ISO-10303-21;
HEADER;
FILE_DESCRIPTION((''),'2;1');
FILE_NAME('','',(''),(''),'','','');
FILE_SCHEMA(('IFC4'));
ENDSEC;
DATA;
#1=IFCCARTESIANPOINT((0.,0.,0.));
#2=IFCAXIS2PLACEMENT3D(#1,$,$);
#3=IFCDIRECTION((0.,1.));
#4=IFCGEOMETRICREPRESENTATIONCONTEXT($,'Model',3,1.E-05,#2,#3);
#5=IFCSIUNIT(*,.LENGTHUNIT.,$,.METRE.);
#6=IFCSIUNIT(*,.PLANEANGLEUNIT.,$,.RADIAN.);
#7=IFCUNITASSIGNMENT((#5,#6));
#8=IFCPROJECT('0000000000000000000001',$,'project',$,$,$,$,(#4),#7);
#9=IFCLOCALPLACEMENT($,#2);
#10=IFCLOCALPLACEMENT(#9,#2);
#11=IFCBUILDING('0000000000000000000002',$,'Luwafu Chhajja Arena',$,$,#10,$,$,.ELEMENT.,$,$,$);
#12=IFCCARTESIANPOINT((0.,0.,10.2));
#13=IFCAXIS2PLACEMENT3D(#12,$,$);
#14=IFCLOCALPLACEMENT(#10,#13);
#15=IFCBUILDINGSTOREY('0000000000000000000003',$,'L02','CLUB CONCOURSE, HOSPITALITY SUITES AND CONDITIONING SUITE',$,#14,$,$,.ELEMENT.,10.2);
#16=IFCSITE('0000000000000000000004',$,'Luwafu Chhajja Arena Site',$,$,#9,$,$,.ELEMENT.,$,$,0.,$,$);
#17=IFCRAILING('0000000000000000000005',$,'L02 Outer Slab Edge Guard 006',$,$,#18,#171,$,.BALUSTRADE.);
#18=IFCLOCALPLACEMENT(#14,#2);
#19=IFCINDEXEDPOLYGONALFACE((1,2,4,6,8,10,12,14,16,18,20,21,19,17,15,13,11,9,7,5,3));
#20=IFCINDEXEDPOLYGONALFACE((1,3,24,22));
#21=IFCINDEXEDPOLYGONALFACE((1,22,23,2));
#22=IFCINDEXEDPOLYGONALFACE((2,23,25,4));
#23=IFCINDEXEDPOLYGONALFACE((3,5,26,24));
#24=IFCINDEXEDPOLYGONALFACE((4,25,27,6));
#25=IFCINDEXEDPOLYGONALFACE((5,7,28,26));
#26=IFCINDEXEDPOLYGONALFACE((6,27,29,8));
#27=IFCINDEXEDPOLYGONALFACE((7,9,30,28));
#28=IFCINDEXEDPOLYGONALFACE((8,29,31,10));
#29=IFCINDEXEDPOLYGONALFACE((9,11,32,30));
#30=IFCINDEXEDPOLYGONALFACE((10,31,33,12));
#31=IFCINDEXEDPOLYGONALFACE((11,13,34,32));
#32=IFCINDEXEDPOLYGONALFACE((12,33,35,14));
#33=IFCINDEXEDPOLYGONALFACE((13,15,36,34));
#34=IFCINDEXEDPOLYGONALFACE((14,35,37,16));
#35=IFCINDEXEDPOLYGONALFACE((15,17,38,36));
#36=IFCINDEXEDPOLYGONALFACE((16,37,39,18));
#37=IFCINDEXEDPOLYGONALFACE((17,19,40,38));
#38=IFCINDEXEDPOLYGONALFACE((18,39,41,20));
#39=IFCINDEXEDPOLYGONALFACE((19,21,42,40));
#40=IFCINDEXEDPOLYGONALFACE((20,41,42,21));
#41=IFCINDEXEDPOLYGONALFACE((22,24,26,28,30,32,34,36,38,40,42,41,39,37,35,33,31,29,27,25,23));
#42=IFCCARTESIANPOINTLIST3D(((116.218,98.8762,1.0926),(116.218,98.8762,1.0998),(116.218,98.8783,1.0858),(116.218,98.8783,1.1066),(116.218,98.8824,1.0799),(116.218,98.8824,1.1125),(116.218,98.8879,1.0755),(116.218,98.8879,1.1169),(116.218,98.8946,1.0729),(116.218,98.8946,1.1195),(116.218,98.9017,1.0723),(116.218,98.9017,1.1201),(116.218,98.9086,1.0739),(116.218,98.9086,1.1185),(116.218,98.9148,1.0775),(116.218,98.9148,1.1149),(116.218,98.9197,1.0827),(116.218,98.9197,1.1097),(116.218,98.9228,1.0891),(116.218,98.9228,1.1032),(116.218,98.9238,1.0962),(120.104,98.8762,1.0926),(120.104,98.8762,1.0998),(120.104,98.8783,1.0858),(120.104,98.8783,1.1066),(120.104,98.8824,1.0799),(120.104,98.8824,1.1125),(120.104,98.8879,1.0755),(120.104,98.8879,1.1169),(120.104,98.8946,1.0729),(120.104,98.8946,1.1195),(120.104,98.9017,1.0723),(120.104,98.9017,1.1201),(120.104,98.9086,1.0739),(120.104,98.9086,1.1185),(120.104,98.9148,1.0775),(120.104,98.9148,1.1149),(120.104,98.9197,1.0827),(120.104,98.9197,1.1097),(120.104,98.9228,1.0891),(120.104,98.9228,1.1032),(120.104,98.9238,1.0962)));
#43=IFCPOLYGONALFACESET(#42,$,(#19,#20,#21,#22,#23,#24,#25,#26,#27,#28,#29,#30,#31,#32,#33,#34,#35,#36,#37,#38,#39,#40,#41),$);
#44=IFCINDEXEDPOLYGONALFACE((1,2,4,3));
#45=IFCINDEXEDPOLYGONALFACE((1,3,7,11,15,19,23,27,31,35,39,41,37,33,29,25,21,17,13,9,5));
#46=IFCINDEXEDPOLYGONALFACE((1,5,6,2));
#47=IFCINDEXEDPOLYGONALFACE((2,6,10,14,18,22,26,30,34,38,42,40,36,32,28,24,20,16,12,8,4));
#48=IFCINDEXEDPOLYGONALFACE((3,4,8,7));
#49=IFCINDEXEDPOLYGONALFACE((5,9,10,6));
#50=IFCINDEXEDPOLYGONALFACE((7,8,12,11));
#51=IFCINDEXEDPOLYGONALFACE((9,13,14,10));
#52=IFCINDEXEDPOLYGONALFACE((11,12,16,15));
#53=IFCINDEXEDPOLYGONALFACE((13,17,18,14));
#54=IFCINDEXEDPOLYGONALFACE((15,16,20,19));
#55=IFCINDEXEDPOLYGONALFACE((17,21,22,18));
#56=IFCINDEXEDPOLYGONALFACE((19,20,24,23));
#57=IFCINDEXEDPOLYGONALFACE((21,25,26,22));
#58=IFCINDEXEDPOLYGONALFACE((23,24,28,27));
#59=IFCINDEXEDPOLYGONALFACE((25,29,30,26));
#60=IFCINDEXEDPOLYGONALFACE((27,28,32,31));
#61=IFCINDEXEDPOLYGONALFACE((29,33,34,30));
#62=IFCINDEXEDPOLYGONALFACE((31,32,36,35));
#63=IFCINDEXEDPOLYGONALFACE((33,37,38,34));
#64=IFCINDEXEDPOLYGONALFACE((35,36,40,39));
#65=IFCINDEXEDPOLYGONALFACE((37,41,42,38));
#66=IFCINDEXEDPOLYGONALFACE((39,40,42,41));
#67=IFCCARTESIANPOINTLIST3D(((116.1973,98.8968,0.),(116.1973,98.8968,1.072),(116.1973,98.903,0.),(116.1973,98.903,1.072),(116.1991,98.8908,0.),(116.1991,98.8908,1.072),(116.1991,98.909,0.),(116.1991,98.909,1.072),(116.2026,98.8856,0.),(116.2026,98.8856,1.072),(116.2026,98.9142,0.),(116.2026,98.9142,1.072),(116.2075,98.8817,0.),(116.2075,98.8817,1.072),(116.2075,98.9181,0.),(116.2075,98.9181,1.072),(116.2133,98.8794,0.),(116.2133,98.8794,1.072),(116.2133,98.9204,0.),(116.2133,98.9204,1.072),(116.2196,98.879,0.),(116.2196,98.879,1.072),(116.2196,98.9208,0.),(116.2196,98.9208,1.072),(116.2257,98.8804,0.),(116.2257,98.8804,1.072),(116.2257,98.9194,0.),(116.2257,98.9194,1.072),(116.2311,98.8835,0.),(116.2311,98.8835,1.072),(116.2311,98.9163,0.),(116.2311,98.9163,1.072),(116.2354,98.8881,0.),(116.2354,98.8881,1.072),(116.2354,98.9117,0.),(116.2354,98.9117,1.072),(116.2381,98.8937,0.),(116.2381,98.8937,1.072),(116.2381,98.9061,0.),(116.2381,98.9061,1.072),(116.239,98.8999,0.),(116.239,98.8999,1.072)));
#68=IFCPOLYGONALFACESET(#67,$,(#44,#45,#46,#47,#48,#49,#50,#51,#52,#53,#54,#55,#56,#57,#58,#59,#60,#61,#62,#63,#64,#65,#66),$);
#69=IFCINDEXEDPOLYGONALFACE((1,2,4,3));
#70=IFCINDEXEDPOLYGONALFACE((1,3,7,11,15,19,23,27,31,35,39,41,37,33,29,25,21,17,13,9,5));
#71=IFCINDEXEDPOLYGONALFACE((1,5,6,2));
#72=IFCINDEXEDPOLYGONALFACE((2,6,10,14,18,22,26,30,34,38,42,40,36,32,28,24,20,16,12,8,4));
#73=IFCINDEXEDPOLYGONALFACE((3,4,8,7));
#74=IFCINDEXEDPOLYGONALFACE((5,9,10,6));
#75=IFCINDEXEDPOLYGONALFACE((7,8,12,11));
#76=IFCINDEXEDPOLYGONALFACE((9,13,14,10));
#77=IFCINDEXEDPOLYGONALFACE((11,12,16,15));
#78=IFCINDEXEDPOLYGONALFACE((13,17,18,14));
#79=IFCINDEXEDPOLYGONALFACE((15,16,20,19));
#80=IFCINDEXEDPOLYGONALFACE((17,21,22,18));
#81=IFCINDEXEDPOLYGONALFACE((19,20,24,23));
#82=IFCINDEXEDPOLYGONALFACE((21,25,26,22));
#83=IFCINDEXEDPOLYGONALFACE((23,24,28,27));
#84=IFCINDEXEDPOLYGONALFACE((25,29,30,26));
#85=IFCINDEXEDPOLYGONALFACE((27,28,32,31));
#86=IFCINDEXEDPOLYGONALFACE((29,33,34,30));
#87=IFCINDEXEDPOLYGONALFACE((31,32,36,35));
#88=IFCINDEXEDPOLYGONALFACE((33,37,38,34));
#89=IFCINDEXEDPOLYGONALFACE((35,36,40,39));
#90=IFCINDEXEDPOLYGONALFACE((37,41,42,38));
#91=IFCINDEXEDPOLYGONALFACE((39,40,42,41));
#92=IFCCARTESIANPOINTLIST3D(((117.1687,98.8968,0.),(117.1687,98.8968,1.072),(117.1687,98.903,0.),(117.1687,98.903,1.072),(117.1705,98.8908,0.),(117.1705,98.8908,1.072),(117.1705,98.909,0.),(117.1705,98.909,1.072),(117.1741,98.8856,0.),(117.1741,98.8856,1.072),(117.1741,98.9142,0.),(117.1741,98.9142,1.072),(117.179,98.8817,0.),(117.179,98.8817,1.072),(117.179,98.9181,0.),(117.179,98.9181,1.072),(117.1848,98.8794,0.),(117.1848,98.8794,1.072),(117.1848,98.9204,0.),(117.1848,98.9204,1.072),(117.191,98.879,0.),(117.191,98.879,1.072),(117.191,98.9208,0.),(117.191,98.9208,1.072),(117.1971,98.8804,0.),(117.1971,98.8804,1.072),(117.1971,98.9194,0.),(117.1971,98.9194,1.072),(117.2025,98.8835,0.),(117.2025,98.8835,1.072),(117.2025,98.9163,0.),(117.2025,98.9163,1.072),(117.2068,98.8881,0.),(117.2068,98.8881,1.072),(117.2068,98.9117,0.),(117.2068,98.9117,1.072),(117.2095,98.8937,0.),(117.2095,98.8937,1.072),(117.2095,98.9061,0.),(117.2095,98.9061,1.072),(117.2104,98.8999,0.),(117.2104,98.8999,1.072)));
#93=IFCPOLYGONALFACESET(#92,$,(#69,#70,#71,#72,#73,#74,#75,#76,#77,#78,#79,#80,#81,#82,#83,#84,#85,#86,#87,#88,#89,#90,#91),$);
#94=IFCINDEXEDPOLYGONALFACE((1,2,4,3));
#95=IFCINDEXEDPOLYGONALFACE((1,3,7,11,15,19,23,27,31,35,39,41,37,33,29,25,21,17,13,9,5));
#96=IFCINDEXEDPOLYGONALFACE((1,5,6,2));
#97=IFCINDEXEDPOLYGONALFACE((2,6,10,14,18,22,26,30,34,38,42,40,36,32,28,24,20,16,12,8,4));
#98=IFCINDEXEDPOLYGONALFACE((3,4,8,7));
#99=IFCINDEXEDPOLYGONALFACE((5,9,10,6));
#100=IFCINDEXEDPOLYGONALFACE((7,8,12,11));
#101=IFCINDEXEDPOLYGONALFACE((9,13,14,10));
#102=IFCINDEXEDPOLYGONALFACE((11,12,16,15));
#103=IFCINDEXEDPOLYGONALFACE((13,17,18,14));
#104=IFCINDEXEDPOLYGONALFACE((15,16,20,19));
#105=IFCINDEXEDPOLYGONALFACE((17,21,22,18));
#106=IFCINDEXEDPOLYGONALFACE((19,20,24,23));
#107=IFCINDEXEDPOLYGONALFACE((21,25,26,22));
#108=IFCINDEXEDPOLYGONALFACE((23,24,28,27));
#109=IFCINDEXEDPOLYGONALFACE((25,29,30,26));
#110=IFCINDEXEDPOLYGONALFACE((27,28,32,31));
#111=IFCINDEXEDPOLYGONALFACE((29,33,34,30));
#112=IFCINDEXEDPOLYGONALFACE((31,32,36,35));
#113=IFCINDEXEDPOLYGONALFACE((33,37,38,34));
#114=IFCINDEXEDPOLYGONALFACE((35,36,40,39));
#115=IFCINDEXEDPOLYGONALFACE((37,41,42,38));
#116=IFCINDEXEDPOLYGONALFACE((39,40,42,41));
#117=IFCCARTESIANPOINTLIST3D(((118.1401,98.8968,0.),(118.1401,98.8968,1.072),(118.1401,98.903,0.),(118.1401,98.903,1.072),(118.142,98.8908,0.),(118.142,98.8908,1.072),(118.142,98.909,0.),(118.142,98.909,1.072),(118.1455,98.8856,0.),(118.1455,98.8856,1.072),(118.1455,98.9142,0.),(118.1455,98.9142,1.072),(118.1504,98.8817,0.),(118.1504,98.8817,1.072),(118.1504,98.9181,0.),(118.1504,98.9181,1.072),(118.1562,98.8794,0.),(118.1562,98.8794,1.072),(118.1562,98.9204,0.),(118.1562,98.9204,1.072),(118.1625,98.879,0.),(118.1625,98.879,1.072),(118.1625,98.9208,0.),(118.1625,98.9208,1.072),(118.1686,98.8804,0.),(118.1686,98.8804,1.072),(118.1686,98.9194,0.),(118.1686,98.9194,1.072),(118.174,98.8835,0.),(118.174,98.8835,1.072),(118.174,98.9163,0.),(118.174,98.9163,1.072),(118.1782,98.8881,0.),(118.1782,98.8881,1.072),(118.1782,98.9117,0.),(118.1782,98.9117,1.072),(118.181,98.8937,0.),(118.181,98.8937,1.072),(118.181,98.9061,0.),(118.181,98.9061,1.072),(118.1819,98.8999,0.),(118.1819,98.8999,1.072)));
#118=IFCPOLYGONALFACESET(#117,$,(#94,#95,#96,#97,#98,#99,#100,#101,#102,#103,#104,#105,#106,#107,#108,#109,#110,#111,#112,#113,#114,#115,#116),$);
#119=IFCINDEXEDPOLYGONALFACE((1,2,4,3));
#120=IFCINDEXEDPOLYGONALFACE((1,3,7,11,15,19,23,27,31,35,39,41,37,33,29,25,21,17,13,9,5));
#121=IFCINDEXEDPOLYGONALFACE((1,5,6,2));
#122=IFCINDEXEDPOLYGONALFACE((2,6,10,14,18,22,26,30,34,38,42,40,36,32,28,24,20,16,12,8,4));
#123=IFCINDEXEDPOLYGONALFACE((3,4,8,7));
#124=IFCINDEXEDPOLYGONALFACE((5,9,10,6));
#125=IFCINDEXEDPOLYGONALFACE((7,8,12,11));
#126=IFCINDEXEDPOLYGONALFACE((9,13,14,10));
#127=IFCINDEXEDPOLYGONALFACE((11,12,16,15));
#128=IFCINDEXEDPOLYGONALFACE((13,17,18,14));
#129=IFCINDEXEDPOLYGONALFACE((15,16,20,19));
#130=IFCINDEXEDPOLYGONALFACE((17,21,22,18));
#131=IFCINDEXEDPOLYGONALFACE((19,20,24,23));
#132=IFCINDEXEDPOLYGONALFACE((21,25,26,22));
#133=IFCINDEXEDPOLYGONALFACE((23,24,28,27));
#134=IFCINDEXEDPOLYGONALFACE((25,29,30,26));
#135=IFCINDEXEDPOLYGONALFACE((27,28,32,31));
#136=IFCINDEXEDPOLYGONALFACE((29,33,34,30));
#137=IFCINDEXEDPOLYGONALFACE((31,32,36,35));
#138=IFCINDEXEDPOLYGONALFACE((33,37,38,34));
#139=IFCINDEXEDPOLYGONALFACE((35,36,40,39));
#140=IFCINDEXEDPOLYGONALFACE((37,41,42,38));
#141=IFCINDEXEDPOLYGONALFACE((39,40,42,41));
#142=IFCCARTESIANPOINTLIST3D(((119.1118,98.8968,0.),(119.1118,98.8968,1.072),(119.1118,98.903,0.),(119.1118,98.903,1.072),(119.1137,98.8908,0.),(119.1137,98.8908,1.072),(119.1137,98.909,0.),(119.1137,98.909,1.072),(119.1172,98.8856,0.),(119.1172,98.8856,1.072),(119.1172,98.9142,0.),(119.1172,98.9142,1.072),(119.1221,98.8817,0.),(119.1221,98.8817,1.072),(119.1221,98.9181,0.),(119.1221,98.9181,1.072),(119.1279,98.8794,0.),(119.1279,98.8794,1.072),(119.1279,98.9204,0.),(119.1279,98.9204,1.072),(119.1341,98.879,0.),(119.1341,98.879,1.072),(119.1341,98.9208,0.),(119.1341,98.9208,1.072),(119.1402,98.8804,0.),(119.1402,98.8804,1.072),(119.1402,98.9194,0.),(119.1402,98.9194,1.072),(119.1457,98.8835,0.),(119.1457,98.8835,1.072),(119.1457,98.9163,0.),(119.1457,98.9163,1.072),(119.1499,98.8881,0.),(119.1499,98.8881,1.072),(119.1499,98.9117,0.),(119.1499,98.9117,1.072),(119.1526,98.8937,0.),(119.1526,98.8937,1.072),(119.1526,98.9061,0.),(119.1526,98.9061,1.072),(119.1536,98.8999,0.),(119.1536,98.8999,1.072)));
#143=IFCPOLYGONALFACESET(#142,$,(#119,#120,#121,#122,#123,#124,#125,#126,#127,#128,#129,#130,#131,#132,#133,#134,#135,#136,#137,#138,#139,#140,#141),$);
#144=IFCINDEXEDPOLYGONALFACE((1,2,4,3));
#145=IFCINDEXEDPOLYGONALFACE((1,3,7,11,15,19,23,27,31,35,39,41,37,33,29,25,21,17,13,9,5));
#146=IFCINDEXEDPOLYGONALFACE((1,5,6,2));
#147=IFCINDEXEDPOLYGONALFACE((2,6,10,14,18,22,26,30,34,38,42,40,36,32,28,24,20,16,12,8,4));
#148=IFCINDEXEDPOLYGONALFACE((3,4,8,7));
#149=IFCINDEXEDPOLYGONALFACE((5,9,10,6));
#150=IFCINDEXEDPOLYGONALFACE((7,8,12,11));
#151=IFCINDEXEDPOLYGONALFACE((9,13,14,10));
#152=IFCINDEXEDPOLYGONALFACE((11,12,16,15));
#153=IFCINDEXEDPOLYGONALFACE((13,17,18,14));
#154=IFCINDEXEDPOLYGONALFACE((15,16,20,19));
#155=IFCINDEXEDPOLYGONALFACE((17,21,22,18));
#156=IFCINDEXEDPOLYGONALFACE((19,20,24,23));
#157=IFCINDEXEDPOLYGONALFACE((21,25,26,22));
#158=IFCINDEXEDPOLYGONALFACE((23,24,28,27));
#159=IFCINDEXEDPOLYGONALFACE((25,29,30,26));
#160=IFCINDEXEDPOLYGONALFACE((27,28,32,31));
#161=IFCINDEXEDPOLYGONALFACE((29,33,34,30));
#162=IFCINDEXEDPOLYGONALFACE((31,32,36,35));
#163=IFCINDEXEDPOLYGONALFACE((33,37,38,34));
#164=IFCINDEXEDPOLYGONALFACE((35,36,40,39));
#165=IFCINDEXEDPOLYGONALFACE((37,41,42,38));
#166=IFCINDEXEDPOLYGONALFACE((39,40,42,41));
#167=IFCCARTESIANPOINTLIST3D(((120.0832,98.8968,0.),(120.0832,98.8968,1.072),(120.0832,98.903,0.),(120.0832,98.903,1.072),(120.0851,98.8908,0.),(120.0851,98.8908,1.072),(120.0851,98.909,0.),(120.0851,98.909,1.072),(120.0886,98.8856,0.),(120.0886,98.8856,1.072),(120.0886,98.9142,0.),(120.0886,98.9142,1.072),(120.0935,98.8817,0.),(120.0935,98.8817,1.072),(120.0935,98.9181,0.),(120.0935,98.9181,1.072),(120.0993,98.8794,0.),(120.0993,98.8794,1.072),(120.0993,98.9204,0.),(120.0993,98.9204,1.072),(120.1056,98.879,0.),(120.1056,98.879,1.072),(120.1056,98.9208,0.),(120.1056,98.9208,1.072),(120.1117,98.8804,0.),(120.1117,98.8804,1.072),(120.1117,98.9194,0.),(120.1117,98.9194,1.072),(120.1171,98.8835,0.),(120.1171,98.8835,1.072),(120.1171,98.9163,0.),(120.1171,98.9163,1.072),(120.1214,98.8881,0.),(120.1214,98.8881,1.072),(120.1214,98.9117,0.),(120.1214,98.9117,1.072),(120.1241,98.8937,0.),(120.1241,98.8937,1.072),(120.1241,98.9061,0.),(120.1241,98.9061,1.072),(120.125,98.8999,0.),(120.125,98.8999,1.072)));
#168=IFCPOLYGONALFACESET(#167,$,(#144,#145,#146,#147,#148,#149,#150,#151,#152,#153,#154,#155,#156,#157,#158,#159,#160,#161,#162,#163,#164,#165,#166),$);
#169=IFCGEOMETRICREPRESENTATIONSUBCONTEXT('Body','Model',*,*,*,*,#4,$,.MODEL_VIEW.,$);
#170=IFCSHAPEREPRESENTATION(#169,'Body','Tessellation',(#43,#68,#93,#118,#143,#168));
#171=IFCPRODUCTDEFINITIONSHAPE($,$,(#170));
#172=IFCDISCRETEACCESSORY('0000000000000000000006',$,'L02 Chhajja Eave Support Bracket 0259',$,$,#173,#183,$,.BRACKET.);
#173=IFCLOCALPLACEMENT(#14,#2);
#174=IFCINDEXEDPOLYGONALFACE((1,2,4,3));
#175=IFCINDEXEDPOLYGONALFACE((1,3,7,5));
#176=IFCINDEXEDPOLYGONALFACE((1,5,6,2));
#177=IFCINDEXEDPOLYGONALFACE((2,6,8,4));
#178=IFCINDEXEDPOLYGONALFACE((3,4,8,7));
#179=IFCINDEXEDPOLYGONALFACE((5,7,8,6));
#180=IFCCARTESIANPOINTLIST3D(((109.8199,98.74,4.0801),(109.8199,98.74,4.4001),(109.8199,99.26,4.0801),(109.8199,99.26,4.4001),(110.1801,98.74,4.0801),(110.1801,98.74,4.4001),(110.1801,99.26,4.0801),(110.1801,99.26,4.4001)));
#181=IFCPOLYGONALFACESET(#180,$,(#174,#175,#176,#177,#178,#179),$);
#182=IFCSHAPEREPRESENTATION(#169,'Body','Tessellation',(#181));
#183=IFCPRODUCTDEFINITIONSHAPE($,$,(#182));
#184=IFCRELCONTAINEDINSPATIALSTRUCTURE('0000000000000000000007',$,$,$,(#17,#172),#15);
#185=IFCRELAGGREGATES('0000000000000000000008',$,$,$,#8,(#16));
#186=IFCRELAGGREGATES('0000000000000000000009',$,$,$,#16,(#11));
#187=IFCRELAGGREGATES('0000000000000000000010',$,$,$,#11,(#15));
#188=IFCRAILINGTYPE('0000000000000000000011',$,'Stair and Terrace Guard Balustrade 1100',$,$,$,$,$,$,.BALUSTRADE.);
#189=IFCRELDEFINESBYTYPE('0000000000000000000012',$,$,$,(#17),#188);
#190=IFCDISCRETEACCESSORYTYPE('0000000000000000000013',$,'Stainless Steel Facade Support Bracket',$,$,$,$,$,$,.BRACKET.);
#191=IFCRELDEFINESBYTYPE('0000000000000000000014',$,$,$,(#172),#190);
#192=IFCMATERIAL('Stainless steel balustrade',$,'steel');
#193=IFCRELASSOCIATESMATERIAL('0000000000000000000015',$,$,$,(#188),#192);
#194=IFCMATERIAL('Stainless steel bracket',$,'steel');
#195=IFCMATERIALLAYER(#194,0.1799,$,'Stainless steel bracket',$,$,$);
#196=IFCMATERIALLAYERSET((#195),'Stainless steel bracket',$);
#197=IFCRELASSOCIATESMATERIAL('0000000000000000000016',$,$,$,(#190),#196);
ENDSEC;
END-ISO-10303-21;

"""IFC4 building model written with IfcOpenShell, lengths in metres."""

from ifc_helpers import new_model, si_unit, direction, frame, origin, origin_2d, place, context, subcontext, project, spatial, rectangle, circle, extrude, material, layer, layer_set, type_object, element, save


model = new_model("IFC4")

# Units and contexts
model_context = context("Model", 3, precision=1e-05, world=origin(), true_north=direction((0.0, 1.0)))
body_context = subcontext(model_context, "Body", "Model", "MODEL_VIEW")
ifc_project = project(units=[si_unit("LENGTHUNIT", "METRE"), si_unit("PLANEANGLEUNIT", "RADIAN")], contexts=[model_context])

# Site, building, storey
site_placement = place(None, origin())
site = spatial("IfcSite", under=ifc_project, at=site_placement, Name="Luwafu Chhajja Arena Site", CompositionType="ELEMENT", RefElevation=0.0)
building_placement = place(site_placement, origin())
building = spatial("IfcBuilding", under=site, at=building_placement, Name="Luwafu Chhajja Arena", CompositionType="ELEMENT")
storey_placement = place(building_placement, frame((0.0, 0.0, 10.2)))
storey = spatial("IfcBuildingStorey", under=building, at=storey_placement, Name="L02", Description="CLUB CONCOURSE, HOSPITALITY SUITES AND CONDITIONING SUITE", CompositionType="ELEMENT", Elevation=10.2)

# Railing
ifc_material_1 = material(Name="Stainless steel balustrade", Category="steel")
railing_type = type_object("IfcRailingType", Name="Stair and Terrace Guard Balustrade 1100", PredefinedType="BALUSTRADE", material=ifc_material_1)
railing_placement = place(storey_placement, frame((116.218, 98.8999, 0.0)))
element("IfcRailing", 1, at=railing_placement, inside=storey, type_object=railing_type, Name="L02 Outer Slab Edge Guard 006", PredefinedType="BALUSTRADE", context=body_context, shape_type="SweptSolid", body=[
    extrude(circle(Radius=0.0239, at=origin_2d()), frame((0.0, 0.0, 1.0962), z_axis=(1.0, 0.0, 0.0), x_axis=(0.0, 1.0, 0.0)), (0.0, 0.0, 1.0), 3.886),
    extrude(circle(Radius=0.021, at=origin_2d()), origin(), (0.0, 0.0, 1.0), 1.072),
    extrude(circle(Radius=0.021, at=origin_2d()), frame((0.9714, 0.0, 0.0)), (0.0, 0.0, 1.0), 1.072),
    extrude(circle(Radius=0.021, at=origin_2d()), frame((1.9429, 0.0, 0.0)), (0.0, 0.0, 1.0), 1.072),
    extrude(circle(Radius=0.021, at=origin_2d()), frame((2.9146, 0.0, 0.0)), (0.0, 0.0, 1.0), 1.072),
    extrude(circle(Radius=0.021, at=origin_2d()), frame((3.886, 0.0, 0.0)), (0.0, 0.0, 1.0), 1.072),
])

# Discrete accessory
ifc_material_2 = material(Name="Stainless steel bracket", Category="steel")
ifc_layer_1 = layer(ifc_material_2, 0.1799, Name="Stainless steel bracket")
ifc_layer_set_1 = layer_set([ifc_layer_1], Name="Stainless steel bracket")
discrete_accessory_type = type_object("IfcDiscreteAccessoryType", Name="Stainless Steel Facade Support Bracket", PredefinedType="BRACKET", material=ifc_layer_set_1)
discrete_accessory_placement = place(storey_placement, frame((110.0, 99.0, 4.0801), z_axis=(0.0, 0.0, 1.0), x_axis=(1.0, 0.0, 0.0)))
element("IfcDiscreteAccessory", 2, at=discrete_accessory_placement, inside=storey, type_object=discrete_accessory_type, Name="L02 Chhajja Eave Support Bracket 0259", PredefinedType="BRACKET", context=body_context, shape_type="SweptSolid", body=[
    extrude(rectangle(XDim=0.3601, YDim=0.52, at=origin_2d()), origin(), (0.0, 0.0, 1.0), 0.3201),
])

save(model, "model.ifc")
